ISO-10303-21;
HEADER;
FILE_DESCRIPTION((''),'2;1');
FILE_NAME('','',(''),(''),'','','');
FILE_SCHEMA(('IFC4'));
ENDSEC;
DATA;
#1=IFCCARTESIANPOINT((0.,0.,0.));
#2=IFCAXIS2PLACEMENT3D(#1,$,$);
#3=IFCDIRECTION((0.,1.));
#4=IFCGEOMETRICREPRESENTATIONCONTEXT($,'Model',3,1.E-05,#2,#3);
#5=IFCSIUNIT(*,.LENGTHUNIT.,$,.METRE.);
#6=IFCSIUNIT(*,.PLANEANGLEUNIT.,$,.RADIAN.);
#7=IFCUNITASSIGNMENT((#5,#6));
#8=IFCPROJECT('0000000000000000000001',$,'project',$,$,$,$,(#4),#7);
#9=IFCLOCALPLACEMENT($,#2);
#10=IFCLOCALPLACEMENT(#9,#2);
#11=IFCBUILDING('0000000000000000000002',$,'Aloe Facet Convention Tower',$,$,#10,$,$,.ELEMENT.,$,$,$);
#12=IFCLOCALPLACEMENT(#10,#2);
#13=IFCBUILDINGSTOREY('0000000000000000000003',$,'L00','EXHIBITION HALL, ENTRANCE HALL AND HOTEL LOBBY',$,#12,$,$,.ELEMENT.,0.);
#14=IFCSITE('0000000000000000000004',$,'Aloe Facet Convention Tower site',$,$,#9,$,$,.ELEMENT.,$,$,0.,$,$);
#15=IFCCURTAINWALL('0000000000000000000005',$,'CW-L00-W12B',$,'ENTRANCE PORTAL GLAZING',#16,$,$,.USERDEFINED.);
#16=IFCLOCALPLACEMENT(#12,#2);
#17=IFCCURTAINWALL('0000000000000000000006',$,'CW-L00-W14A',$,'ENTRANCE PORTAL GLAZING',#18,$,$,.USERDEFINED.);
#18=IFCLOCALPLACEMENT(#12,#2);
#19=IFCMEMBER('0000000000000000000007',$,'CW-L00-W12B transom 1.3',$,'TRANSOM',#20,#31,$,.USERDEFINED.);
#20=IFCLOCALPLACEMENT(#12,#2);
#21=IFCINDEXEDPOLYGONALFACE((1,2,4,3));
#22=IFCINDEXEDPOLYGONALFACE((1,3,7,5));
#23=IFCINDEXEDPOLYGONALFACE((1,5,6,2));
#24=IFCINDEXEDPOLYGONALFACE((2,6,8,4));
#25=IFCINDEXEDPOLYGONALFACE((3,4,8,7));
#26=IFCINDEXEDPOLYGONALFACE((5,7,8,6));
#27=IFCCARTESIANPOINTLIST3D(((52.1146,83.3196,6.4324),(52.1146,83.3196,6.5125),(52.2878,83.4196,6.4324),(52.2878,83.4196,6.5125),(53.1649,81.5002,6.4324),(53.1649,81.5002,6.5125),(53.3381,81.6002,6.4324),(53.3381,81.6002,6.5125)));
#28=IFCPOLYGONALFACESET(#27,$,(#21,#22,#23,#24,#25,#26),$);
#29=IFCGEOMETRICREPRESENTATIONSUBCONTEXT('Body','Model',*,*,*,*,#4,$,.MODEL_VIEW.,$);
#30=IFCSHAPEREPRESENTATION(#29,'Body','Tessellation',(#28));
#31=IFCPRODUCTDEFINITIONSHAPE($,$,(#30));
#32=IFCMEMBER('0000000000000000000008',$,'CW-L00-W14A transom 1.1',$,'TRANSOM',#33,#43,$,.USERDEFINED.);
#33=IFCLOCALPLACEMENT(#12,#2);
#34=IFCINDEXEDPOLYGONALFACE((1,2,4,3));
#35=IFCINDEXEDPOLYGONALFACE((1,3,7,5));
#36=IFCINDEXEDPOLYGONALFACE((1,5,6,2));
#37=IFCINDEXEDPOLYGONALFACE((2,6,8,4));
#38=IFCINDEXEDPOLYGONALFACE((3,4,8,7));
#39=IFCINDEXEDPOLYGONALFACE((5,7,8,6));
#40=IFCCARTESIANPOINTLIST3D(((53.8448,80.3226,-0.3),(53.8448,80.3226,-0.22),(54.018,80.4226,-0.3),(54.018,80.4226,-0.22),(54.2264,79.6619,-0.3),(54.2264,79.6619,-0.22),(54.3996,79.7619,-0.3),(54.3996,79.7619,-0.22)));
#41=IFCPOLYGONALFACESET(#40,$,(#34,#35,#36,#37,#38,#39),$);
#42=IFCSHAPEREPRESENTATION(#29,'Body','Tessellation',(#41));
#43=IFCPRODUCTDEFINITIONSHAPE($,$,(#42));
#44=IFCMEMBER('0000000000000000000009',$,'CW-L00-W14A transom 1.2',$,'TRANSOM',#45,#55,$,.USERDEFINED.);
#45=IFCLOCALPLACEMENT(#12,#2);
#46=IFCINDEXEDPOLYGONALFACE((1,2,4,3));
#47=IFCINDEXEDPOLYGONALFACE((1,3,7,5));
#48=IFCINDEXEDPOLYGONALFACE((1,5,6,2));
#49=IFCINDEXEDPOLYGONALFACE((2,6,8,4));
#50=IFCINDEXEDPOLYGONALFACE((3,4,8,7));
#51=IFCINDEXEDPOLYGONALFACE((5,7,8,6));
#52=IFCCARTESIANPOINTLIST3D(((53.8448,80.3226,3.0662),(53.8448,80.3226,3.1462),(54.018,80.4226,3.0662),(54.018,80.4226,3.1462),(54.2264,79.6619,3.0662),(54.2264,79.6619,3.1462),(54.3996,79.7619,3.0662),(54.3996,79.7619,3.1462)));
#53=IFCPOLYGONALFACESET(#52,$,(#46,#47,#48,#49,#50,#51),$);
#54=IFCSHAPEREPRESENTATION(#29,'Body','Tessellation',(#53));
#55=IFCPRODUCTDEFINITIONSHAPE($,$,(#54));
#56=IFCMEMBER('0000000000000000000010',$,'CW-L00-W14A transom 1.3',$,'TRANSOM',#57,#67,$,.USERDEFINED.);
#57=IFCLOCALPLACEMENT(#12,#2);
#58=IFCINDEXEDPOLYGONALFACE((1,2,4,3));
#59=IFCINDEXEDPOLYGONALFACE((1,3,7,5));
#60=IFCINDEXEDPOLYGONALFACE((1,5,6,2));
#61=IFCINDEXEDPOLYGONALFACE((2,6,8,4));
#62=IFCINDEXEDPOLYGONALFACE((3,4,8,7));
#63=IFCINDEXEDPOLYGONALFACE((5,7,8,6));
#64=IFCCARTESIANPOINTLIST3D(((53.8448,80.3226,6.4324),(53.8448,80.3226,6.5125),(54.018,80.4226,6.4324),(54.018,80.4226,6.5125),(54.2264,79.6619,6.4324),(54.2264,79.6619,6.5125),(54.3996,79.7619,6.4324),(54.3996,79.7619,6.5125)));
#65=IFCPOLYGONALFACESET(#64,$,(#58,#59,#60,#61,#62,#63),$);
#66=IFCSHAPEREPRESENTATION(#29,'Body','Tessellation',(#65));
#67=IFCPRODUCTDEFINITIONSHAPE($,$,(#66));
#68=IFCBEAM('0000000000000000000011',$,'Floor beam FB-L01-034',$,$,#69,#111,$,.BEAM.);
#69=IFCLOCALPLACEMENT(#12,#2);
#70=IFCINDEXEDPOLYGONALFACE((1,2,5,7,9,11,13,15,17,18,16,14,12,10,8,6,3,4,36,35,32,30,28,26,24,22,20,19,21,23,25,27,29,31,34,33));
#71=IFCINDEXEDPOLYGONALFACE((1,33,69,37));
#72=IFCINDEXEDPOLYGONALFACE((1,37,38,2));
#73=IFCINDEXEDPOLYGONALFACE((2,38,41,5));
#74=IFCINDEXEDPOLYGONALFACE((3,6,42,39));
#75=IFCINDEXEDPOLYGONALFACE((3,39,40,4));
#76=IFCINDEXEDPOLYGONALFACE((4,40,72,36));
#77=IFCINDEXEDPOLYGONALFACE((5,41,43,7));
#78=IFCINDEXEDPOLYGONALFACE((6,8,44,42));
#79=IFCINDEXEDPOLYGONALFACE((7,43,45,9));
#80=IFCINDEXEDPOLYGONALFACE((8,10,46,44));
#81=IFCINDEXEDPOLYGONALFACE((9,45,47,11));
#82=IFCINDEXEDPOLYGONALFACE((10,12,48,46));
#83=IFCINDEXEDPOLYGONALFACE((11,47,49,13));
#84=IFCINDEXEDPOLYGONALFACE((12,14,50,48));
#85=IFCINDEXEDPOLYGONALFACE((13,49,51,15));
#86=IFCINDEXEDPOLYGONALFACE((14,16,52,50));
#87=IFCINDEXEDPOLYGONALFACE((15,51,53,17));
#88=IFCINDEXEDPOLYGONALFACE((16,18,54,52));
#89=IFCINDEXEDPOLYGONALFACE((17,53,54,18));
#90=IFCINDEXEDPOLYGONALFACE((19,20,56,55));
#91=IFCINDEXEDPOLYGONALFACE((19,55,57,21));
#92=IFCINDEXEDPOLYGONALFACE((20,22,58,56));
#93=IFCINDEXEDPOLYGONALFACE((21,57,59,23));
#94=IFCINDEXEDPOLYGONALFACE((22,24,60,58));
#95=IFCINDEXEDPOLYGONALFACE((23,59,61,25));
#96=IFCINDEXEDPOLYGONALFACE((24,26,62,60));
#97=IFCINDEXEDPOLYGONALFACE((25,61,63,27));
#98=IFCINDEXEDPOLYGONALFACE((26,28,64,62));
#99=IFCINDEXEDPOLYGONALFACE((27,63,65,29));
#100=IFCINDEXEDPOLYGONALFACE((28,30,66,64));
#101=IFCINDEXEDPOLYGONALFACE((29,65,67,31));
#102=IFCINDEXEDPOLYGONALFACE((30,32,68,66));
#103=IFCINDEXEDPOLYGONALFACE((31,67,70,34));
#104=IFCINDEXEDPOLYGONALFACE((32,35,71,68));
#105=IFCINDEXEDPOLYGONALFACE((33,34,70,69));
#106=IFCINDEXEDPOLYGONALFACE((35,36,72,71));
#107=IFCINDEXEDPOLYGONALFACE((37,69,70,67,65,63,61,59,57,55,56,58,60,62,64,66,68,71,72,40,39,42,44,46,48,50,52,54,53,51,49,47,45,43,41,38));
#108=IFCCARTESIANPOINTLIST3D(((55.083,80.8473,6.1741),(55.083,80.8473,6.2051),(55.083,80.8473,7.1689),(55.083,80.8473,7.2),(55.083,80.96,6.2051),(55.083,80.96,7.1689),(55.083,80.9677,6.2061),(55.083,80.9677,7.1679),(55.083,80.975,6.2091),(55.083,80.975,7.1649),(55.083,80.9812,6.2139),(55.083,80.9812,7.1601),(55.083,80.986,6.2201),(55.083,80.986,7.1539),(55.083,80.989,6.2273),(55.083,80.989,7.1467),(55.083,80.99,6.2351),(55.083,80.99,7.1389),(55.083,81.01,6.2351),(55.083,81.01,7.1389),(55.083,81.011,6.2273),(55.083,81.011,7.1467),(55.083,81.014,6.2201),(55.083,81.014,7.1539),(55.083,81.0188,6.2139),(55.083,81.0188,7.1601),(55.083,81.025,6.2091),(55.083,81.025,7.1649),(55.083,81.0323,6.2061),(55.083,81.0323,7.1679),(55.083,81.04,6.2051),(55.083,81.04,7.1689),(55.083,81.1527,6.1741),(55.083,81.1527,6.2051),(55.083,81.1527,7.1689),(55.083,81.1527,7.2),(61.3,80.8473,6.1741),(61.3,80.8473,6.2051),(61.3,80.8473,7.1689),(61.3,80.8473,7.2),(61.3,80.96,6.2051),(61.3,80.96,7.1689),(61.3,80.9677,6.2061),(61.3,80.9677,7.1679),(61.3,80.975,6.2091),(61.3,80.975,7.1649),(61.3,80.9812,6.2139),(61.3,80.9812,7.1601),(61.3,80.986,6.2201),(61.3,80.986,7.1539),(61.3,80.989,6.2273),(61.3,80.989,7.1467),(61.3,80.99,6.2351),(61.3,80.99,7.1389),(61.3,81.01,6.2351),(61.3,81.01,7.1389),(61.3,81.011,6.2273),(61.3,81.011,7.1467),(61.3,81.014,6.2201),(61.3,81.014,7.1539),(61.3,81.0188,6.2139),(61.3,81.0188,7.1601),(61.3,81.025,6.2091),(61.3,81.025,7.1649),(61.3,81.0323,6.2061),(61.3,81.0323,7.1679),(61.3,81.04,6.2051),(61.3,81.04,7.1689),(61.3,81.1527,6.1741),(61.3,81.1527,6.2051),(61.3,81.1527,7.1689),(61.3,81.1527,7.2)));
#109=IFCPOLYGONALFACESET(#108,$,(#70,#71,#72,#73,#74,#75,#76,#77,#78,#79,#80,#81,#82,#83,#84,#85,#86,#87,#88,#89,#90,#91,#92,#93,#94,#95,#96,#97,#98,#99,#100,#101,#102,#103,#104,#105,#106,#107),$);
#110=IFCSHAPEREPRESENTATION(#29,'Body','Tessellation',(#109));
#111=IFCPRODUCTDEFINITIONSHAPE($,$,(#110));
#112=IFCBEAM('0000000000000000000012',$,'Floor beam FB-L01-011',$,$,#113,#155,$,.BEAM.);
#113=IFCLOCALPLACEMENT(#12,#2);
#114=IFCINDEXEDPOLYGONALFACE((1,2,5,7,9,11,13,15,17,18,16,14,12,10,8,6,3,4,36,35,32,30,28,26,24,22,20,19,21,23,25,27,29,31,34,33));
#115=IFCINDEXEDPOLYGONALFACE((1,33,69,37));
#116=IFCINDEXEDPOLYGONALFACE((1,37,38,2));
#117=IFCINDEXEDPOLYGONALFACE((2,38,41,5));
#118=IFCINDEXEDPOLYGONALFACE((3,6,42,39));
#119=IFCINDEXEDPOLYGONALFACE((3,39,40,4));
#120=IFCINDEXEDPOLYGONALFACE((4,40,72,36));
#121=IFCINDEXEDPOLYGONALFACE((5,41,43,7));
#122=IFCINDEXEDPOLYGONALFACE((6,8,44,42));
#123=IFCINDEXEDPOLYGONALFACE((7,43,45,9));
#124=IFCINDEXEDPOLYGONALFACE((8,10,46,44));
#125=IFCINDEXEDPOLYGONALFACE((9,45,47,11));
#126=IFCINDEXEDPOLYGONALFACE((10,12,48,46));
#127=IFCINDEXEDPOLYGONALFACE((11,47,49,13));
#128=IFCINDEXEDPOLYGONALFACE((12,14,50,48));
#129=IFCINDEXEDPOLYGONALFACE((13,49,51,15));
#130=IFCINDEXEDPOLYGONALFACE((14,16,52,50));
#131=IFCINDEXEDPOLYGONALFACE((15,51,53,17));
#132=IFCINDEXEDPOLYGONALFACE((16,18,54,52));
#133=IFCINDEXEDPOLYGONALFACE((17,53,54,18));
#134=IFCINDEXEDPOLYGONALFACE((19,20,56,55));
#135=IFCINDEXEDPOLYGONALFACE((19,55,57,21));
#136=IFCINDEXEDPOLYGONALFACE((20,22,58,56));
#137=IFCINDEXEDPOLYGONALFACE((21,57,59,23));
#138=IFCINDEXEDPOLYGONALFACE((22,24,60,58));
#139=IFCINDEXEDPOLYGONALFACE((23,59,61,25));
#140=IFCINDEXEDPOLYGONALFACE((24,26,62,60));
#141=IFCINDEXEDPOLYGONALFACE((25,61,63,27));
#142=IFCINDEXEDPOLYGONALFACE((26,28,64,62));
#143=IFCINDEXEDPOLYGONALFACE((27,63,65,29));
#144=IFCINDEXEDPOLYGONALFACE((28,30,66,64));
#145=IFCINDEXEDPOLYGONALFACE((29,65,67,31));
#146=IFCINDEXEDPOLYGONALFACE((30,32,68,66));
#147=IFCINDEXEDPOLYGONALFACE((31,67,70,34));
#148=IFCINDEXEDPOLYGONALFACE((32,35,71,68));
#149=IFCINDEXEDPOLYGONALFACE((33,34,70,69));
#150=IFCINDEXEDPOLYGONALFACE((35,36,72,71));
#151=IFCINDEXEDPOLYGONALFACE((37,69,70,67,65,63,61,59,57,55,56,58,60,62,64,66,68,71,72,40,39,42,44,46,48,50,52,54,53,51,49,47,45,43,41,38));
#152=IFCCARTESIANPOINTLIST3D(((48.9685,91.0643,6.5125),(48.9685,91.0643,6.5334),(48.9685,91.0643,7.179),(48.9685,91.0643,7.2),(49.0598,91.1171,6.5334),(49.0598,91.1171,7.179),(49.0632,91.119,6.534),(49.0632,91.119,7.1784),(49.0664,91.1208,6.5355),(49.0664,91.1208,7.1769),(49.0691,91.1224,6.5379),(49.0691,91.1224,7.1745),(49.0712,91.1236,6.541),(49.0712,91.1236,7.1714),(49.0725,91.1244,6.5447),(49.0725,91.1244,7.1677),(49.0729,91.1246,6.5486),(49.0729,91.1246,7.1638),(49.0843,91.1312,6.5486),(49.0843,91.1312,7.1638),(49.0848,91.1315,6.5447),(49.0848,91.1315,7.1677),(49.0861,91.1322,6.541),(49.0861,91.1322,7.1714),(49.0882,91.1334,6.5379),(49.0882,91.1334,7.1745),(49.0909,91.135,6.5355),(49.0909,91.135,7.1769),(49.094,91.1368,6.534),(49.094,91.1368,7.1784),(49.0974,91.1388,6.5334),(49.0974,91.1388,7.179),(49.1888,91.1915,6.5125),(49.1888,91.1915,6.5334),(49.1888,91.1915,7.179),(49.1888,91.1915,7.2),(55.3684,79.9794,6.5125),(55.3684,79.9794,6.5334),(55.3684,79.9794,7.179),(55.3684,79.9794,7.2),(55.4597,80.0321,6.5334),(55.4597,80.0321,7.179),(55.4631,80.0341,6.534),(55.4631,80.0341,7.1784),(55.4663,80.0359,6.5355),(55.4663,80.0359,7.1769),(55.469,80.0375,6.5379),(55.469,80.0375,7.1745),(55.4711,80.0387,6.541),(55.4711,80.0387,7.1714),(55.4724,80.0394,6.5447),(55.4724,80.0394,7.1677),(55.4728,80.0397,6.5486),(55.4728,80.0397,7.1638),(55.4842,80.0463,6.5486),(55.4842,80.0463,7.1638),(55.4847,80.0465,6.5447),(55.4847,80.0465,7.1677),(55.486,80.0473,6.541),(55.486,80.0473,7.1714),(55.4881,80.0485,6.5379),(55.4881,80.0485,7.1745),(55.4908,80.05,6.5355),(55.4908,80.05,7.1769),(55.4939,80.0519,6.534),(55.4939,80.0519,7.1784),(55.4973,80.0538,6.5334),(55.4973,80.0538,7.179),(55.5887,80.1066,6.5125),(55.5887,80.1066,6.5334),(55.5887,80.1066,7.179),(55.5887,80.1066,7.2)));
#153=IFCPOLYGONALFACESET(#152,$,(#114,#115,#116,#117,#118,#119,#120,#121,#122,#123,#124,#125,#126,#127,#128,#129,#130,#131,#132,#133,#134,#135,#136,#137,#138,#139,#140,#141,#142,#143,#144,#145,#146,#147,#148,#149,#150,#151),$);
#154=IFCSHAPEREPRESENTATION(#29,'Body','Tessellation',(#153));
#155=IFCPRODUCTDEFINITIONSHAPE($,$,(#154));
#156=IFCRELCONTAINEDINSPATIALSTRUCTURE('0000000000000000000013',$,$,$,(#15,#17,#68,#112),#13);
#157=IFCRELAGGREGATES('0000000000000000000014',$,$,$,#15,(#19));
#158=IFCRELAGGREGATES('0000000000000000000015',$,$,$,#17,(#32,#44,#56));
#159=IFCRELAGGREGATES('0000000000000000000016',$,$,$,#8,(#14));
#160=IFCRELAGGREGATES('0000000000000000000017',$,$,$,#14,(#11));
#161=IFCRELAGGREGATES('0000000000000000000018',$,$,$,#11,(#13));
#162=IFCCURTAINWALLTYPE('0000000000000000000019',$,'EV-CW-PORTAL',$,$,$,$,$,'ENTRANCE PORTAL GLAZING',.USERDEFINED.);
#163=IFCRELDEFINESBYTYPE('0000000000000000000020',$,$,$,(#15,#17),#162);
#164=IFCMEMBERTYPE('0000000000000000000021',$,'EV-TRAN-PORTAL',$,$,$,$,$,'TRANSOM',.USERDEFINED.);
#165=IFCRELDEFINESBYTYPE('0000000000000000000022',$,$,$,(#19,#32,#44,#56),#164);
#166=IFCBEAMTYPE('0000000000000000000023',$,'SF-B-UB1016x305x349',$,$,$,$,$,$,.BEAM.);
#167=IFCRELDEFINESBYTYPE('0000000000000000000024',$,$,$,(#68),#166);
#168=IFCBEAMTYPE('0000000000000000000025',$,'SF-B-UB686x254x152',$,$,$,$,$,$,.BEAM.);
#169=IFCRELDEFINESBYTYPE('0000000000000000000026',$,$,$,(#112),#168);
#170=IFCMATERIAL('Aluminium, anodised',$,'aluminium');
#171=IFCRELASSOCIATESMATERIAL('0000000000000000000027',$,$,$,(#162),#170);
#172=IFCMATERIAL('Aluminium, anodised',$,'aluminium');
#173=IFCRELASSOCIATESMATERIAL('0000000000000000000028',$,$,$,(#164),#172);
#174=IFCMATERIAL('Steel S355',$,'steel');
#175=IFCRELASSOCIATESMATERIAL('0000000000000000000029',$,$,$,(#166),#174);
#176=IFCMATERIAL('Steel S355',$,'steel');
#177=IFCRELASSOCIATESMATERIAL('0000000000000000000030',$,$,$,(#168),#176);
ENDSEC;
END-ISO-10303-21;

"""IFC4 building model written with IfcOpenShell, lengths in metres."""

from ifc_helpers import new_model, si_unit, direction, frame, origin, origin_2d, place, context, subcontext, project, spatial, rectangle, i_section, extrude, material, material_profile, profile_set, type_object, element, aggregate, save


model = new_model("IFC4")

# Units and contexts
model_context = context("Model", 3, precision=1e-05, world=origin(), true_north=direction((0.0, 1.0)))
body_context = subcontext(model_context, "Body", "Model", "MODEL_VIEW")
ifc_project = project(units=[si_unit("LENGTHUNIT", "METRE"), si_unit("PLANEANGLEUNIT", "RADIAN")], contexts=[model_context])

# Site, building, storey
site_placement = place(None, origin())
site = spatial("IfcSite", under=ifc_project, at=site_placement, Name="Aloe Facet Convention Tower site", CompositionType="ELEMENT", RefElevation=0.0)
building_placement = place(site_placement, origin())
building = spatial("IfcBuilding", under=site, at=building_placement, Name="Aloe Facet Convention Tower", CompositionType="ELEMENT")
storey_placement = place(building_placement, origin())
storey = spatial("IfcBuildingStorey", under=building, at=storey_placement, Name="L00", Description="EXHIBITION HALL, ENTRANCE HALL AND HOTEL LOBBY", CompositionType="ELEMENT", Elevation=0.0)

# Shared definitions
ifc_material_1 = material(Name="Aluminium, anodised", Category="aluminium")
curtain_wall_type = type_object("IfcCurtainWallType", Name="EV-CW-PORTAL", ElementType="ENTRANCE PORTAL GLAZING", PredefinedType="USERDEFINED", material=ifc_material_1)

# Curtain walls
curtain_wall_1_placement = place(storey_placement, origin())
curtain_wall_1 = element("IfcCurtainWall", 1, at=curtain_wall_1_placement, inside=storey, type_object=curtain_wall_type, Name="CW-L00-W12B", ObjectType="ENTRANCE PORTAL GLAZING", PredefinedType="USERDEFINED")
curtain_wall_2_placement = place(storey_placement, origin())
curtain_wall_2 = element("IfcCurtainWall", 2, at=curtain_wall_2_placement, inside=storey, type_object=curtain_wall_type, Name="CW-L00-W14A", ObjectType="ENTRANCE PORTAL GLAZING", PredefinedType="USERDEFINED")

# Members
ifc_material_2 = material(Name="Aluminium, anodised", Category="aluminium")
ifc_material_profile_1 = material_profile(ifc_material_2, rectangle(XDim=0.2, YDim=0.0801, at=origin_2d()), Name="AL 200x80")
ifc_profile_set_1 = profile_set([ifc_material_profile_1], Name="Aluminium, anodised")
member_type_1 = type_object("IfcMemberType", Name="EV-TRAN-PORTAL", ElementType="TRANSOM", PredefinedType="USERDEFINED", material=ifc_profile_set_1)
member_1_placement = place(storey_placement, frame((52.2012, 83.3696, 6.4724), z_axis=(0.499964, -0.866046, 0.0), x_axis=(0.866046, 0.499964, 0.0)))
member_1 = element("IfcMember", 3, at=member_1_placement, type_object=member_type_1, Name="CW-L00-W12B transom 1.3", ObjectType="TRANSOM", PredefinedType="USERDEFINED", context=body_context, shape_type="SweptSolid", body=[
    extrude(rectangle(XDim=0.2, YDim=0.0801, at=origin_2d()), origin(), (0.0, 0.0, 1.0), 2.1008),
])
member_2_placement = place(storey_placement, frame((53.9314, 80.3726, -0.26), z_axis=(0.500166, -0.86593, 0.0), x_axis=(0.86593, 0.500166, 0.0)))
member_2 = element("IfcMember", 4, at=member_2_placement, type_object=member_type_1, Name="CW-L00-W14A transom 1.1", ObjectType="TRANSOM", PredefinedType="USERDEFINED", context=body_context, shape_type="SweptSolid", body=[
    extrude(rectangle(XDim=0.2, YDim=0.0801, at=origin_2d()), origin(), (0.0, 0.0, 1.0), 0.7629),
])
member_3_placement = place(storey_placement, frame((53.9314, 80.3726, 3.1062), z_axis=(0.500166, -0.86593, 0.0), x_axis=(0.86593, 0.500166, 0.0)))
member_3 = element("IfcMember", 5, at=member_3_placement, type_object=member_type_1, Name="CW-L00-W14A transom 1.2", ObjectType="TRANSOM", PredefinedType="USERDEFINED", context=body_context, shape_type="SweptSolid", body=[
    extrude(rectangle(XDim=0.2, YDim=0.0801, at=origin_2d()), origin(), (0.0, 0.0, 1.0), 0.7629),
])
member_4_placement = place(storey_placement, frame((53.9314, 80.3726, 6.4724), z_axis=(0.500166, -0.86593, 0.0), x_axis=(0.86593, 0.500166, 0.0)))
member_4 = element("IfcMember", 6, at=member_4_placement, type_object=member_type_1, Name="CW-L00-W14A transom 1.3", ObjectType="TRANSOM", PredefinedType="USERDEFINED", context=body_context, shape_type="SweptSolid", body=[
    extrude(rectangle(XDim=0.2, YDim=0.0801, at=origin_2d()), origin(), (0.0, 0.0, 1.0), 0.7629),
])

# Beams
ifc_material_3 = material(Name="Steel S355", Category="steel")
ifc_material_profile_2 = material_profile(ifc_material_3, i_section(OverallWidth=0.3054, OverallDepth=1.0259, WebThickness=0.02, FlangeThickness=0.031, FilletRadius=0.03, at=origin_2d()), Name="UB 1016x305x349")
ifc_profile_set_2 = profile_set([ifc_material_profile_2], Name="Steel S355")
beam_type_1 = type_object("IfcBeamType", Name="SF-B-UB1016x305x349", PredefinedType="BEAM", material=ifc_profile_set_2)
beam_1_placement = place(storey_placement, frame((55.083, 81.0, 6.687), z_axis=(1.0, 0.0, 0.0), x_axis=(0.0, 1.0, 0.0)))
element("IfcBeam", 7, at=beam_1_placement, inside=storey, type_object=beam_type_1, Name="Floor beam FB-L01-034", PredefinedType="BEAM", context=body_context, shape_type="SweptSolid", body=[
    extrude(i_section(OverallWidth=0.3054, OverallDepth=1.0259, WebThickness=0.02, FlangeThickness=0.031, FilletRadius=0.03, at=origin_2d()), origin(), (0.0, 0.0, 1.0), 6.217),
])
ifc_material_4 = material(Name="Steel S355", Category="steel")
ifc_material_profile_3 = material_profile(ifc_material_4, i_section(OverallWidth=0.2544, OverallDepth=0.6875, WebThickness=0.0132, FlangeThickness=0.021, FilletRadius=0.0151, at=origin_2d()), Name="UB 686x254x152")
ifc_profile_set_3 = profile_set([ifc_material_profile_3], Name="Steel S355")
beam_type_2 = type_object("IfcBeamType", Name="SF-B-UB686x254x152", PredefinedType="BEAM", material=ifc_profile_set_3)
beam_2_placement = place(storey_placement, frame((55.4785, 80.043, 6.8562), z_axis=(-0.5, 0.866025, 0.0), x_axis=(-0.866025, -0.5, 0.0)))
element("IfcBeam", 8, at=beam_2_placement, inside=storey, type_object=beam_type_2, Name="Floor beam FB-L01-011", PredefinedType="BEAM", context=body_context, shape_type="SweptSolid", body=[
    extrude(i_section(OverallWidth=0.2544, OverallDepth=0.6875, WebThickness=0.0132, FlangeThickness=0.021, FilletRadius=0.0151, at=origin_2d()), origin(), (0.0, 0.0, 1.0), 12.7998),
])

aggregate(curtain_wall_1, [member_1])
aggregate(curtain_wall_2, [member_2, member_3, member_4])

save(model, "model.ifc")
